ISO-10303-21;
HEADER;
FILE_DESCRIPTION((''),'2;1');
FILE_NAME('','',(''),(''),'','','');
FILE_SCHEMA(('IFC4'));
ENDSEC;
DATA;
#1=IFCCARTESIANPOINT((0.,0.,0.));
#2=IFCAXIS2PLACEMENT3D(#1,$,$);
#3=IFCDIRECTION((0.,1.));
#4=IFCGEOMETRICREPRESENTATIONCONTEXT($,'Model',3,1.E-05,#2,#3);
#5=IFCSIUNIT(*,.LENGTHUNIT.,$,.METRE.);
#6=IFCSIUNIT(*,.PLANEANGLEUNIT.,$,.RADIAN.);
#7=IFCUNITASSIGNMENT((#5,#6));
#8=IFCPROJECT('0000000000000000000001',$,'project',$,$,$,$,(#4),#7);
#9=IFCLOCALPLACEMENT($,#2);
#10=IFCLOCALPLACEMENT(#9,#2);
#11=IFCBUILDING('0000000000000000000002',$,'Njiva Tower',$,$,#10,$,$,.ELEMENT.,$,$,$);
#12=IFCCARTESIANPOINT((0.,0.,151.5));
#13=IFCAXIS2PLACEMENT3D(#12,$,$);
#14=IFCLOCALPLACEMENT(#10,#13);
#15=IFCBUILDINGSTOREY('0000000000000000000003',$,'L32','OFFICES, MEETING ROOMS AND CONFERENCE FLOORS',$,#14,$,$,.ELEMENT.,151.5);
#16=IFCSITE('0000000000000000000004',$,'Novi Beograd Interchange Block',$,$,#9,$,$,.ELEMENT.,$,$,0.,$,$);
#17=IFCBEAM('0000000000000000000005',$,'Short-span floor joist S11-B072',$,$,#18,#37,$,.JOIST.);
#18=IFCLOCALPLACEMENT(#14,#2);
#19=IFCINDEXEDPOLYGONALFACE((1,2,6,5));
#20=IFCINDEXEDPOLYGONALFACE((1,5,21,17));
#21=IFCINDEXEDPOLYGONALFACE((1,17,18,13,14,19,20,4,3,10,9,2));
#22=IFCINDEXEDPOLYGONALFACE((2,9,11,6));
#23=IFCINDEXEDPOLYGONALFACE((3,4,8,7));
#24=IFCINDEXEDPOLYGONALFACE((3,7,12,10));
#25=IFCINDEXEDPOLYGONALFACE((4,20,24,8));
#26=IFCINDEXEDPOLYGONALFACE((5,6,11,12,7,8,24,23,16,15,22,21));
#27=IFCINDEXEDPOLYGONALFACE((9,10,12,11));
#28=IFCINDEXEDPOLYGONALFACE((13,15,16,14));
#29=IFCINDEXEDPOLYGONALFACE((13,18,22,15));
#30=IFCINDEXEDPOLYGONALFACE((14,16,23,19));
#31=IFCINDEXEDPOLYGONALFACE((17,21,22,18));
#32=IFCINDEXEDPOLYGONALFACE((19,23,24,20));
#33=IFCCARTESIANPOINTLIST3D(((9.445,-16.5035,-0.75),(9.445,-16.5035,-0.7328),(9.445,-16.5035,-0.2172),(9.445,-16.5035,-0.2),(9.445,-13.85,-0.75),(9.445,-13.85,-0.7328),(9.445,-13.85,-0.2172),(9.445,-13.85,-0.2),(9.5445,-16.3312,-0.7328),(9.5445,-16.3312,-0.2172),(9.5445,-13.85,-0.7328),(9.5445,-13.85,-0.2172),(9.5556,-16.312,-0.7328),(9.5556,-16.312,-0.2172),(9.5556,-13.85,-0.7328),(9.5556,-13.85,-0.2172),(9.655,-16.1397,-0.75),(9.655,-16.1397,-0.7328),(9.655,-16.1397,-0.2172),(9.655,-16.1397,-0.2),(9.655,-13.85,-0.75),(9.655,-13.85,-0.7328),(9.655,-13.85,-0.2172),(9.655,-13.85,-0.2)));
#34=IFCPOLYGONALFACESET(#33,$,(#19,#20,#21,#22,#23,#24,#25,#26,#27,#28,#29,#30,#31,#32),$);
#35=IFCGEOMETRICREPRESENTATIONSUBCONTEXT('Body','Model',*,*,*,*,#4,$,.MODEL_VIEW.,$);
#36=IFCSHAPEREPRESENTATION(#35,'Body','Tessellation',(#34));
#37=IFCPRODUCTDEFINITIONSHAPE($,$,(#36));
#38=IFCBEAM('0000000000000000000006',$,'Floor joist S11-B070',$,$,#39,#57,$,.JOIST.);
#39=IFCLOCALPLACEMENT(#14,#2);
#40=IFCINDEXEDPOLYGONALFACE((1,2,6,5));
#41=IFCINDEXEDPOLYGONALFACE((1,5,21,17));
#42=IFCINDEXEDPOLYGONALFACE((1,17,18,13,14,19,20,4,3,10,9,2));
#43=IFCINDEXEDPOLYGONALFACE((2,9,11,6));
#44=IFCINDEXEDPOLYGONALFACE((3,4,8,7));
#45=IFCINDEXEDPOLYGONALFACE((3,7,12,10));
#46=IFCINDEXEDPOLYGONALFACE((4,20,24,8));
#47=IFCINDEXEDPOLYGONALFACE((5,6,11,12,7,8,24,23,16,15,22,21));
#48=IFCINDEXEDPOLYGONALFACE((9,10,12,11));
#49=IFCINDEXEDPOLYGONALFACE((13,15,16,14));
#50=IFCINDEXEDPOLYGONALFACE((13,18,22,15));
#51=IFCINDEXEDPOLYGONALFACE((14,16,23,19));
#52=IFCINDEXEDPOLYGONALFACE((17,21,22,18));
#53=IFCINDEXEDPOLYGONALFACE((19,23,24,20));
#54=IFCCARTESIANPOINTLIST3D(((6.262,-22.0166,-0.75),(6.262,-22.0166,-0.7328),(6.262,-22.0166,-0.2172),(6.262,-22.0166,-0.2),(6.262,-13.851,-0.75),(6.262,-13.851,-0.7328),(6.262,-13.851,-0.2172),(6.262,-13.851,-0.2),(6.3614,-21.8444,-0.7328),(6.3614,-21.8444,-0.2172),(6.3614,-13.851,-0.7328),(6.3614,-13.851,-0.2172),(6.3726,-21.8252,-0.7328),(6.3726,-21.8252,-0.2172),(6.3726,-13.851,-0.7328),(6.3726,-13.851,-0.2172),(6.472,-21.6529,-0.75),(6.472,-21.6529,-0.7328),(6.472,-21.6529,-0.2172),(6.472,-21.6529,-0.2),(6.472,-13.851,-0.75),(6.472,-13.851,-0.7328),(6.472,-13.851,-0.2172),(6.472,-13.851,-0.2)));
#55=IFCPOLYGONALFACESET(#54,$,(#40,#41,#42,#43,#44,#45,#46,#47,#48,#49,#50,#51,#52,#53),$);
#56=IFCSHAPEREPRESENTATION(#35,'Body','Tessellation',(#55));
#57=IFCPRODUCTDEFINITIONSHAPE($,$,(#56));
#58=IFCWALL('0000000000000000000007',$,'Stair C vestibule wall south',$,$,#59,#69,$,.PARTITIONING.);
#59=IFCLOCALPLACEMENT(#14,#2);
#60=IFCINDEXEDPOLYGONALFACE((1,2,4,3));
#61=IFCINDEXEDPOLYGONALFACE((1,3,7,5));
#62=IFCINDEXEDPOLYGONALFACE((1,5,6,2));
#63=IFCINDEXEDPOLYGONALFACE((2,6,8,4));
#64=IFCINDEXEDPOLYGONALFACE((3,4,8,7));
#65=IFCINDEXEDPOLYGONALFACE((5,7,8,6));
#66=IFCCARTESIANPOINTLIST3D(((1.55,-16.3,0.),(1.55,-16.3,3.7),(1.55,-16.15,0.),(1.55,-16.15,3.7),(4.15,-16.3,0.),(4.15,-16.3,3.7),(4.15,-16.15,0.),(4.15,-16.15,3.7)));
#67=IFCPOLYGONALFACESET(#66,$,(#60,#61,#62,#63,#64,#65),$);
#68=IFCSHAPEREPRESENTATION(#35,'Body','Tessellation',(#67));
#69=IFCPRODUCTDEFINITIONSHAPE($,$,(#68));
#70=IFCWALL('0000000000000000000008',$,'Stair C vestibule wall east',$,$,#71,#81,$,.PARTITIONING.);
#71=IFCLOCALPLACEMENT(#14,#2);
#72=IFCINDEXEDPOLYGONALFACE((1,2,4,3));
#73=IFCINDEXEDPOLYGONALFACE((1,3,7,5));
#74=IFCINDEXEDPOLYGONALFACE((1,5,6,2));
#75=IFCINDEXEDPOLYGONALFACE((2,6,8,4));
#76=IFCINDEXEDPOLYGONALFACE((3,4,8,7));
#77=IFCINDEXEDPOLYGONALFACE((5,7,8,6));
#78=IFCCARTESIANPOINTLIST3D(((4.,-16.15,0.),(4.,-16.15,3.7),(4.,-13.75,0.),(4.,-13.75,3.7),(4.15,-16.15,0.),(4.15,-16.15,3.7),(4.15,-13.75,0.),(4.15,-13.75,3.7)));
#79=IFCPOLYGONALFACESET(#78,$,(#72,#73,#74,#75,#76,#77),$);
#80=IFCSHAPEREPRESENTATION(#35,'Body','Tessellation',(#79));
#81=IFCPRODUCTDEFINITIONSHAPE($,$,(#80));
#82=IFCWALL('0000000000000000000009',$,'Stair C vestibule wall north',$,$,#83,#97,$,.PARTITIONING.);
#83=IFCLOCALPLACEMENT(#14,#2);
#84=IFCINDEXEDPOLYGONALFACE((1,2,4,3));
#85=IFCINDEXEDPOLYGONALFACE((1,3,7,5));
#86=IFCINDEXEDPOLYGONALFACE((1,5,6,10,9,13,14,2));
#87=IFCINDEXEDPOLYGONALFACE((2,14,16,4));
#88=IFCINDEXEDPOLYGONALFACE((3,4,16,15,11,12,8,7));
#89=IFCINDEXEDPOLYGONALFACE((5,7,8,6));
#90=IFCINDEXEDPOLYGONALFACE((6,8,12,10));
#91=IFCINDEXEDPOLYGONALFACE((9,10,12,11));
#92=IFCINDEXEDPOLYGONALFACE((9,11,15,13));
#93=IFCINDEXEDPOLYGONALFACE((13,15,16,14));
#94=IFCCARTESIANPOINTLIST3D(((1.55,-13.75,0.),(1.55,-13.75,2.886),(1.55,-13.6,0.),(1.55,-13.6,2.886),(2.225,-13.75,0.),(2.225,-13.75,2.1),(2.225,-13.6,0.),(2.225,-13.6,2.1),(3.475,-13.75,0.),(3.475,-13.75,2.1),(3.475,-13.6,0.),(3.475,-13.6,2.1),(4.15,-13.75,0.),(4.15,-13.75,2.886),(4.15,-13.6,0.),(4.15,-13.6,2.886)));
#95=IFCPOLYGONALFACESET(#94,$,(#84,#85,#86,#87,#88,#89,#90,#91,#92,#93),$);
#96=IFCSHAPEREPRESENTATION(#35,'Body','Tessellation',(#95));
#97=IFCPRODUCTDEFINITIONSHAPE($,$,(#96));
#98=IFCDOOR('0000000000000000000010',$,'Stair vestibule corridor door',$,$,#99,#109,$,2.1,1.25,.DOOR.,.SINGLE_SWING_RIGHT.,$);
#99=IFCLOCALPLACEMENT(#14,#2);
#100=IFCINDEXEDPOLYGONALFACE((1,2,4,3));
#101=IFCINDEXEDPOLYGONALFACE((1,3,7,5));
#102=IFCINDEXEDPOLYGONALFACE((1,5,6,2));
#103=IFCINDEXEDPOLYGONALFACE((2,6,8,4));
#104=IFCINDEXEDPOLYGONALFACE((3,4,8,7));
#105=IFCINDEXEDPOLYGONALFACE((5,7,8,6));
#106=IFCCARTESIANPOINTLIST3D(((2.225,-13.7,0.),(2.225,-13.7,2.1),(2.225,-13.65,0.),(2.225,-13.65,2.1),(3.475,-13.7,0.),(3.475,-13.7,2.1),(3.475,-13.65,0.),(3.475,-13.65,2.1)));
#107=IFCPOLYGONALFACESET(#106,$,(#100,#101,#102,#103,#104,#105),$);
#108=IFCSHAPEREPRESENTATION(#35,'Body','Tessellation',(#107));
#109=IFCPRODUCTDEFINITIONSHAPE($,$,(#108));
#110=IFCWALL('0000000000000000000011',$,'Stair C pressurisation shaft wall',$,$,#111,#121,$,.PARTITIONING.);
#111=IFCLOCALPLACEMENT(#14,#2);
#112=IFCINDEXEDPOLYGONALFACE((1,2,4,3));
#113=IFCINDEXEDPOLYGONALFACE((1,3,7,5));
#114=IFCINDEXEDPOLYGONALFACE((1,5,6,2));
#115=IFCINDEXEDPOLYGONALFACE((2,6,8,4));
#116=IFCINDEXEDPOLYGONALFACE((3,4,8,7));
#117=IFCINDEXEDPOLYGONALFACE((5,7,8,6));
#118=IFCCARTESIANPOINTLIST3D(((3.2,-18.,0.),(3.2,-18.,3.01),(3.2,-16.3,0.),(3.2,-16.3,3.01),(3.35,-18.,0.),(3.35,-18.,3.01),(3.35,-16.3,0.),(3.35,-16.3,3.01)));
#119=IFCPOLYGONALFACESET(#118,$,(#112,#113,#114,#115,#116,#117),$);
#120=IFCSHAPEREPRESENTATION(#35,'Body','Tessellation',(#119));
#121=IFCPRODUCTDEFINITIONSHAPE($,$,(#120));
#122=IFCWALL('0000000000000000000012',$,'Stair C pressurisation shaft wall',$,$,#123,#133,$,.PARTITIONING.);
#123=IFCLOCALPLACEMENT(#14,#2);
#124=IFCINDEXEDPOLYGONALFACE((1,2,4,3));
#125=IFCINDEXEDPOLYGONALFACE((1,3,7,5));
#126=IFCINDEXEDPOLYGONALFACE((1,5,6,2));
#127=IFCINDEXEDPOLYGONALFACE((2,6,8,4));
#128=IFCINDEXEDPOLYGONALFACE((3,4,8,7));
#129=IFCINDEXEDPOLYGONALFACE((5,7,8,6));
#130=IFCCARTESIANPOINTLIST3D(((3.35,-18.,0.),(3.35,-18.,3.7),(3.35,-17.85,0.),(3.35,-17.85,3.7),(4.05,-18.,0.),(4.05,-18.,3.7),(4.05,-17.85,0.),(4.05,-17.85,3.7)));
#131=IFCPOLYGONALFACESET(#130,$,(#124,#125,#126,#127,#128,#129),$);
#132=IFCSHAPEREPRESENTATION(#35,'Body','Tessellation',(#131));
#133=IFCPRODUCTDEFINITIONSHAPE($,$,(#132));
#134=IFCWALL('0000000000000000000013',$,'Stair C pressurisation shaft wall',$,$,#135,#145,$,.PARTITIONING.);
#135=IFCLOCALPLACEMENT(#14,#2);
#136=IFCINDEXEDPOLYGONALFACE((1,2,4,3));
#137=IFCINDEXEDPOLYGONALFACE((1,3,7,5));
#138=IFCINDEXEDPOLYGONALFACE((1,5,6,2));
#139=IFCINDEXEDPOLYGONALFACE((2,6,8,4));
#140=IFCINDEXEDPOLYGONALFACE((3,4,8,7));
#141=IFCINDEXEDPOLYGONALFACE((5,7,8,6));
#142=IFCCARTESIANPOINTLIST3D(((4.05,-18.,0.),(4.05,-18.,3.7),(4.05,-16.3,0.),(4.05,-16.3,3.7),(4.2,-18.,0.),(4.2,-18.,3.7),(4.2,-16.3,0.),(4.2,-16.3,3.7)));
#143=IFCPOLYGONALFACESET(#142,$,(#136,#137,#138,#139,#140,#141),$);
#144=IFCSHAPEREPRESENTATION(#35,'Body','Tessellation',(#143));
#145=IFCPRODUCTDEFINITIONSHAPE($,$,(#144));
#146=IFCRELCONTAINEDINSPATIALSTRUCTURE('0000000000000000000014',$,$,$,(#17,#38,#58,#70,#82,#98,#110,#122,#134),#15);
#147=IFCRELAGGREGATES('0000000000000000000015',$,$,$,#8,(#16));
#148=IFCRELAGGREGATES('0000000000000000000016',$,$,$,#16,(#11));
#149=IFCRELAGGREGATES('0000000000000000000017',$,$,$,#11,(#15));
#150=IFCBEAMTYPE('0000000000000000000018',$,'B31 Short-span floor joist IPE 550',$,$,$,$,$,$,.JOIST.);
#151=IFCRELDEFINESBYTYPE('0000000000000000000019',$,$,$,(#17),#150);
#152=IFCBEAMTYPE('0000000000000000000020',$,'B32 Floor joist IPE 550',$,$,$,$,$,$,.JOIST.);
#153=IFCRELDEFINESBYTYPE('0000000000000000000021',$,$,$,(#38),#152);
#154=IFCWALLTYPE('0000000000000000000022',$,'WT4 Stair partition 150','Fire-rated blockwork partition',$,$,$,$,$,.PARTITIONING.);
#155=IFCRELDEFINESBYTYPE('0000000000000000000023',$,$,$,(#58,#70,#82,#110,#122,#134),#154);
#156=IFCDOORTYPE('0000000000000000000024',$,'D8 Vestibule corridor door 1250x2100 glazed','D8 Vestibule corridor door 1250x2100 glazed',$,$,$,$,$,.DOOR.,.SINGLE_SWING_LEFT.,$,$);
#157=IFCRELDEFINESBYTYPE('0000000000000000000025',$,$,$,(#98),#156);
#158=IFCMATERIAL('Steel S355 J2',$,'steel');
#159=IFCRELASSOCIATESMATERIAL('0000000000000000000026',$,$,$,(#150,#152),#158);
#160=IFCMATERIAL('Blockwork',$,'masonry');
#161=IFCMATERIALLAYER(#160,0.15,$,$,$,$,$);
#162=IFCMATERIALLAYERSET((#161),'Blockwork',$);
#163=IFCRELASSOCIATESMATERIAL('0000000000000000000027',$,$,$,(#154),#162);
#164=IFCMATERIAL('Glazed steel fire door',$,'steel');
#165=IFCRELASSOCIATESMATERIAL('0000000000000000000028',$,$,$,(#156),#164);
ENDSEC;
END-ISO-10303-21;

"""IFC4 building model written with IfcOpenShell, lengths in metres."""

from ifc_helpers import new_model, si_unit, direction, frame, frame_2d, origin, origin_2d, place, context, subcontext, project, spatial, rectangle, i_section, extrude, clip, halfspace, material, layer, layer_set, material_profile, profile_set, type_object, element, fill, save


model = new_model("IFC4")

# Units and contexts
model_context = context("Model", 3, precision=1e-05, world=origin(), true_north=direction((0.0, 1.0)))
body_context = subcontext(model_context, "Body", "Model", "MODEL_VIEW")
ifc_project = project(units=[si_unit("LENGTHUNIT", "METRE"), si_unit("PLANEANGLEUNIT", "RADIAN")], contexts=[model_context])

# Site, building, storey
site_placement = place(None, origin())
site = spatial("IfcSite", under=ifc_project, at=site_placement, Name="Novi Beograd Interchange Block", CompositionType="ELEMENT", RefElevation=0.0)
building_placement = place(site_placement, origin())
building = spatial("IfcBuilding", under=site, at=building_placement, Name="Njiva Tower", CompositionType="ELEMENT")
storey_placement = place(building_placement, frame((0.0, 0.0, 151.5)))
storey = spatial("IfcBuildingStorey", under=building, at=storey_placement, Name="L32", Description="OFFICES, MEETING ROOMS AND CONFERENCE FLOORS", CompositionType="ELEMENT", Elevation=151.5)

# Shared definitions
ifc_material_1 = material(Name="Steel S355 J2", Category="steel")

# Beams
ifc_material_profile_1 = material_profile(ifc_material_1, i_section(OverallWidth=0.21, OverallDepth=0.55, WebThickness=0.0111, FlangeThickness=0.0172, at=origin_2d()), Name="IPE 550")
ifc_profile_set_1 = profile_set([ifc_material_profile_1], Name="Steel S355 J2")
beam_type_1 = type_object("IfcBeamType", Name="B31 Short-span floor joist IPE 550", PredefinedType="JOIST", material=ifc_profile_set_1)
beam_1_placement = place(storey_placement, frame((9.55, -13.85, -0.475), z_axis=(0.0, -1.0, 0.0), x_axis=(1.0, 0.0, 0.0)))
element("IfcBeam", 1, at=beam_1_placement, inside=storey, type_object=beam_type_1, Name="Short-span floor joist S11-B072", PredefinedType="JOIST", context=body_context, shape_type="Clipping", body=[
    clip(extrude(i_section(OverallWidth=0.21, OverallDepth=0.55, WebThickness=0.0111, FlangeThickness=0.0172, at=origin_2d()), origin(), (0.0, 0.0, 1.0), 2.674), halfspace(frame((0.0433, 0.0, 2.3966), z_axis=(0.866027, 0.0, 0.499998), x_axis=(0.0, 1.0, 0.0)), False)),
])
ifc_material_profile_2 = material_profile(ifc_material_1, i_section(OverallWidth=0.21, OverallDepth=0.55, WebThickness=0.0111, FlangeThickness=0.0172, at=origin_2d()), Name="IPE 550")
ifc_profile_set_2 = profile_set([ifc_material_profile_2], Name="Steel S355 J2")
beam_type_2 = type_object("IfcBeamType", Name="B32 Floor joist IPE 550", PredefinedType="JOIST", material=ifc_profile_set_2)
beam_2_placement = place(storey_placement, frame((6.367, -13.851, -0.475), z_axis=(0.0, -1.0, 0.0), x_axis=(1.0, 0.0, 0.0)))
element("IfcBeam", 2, at=beam_2_placement, inside=storey, type_object=beam_type_2, Name="Floor joist S11-B070", PredefinedType="JOIST", context=body_context, shape_type="Clipping", body=[
    clip(extrude(i_section(OverallWidth=0.21, OverallDepth=0.55, WebThickness=0.0111, FlangeThickness=0.0172, at=origin_2d()), origin(), (0.0, 0.0, 1.0), 8.186), halfspace(frame((0.043, 0.0, 7.9093), z_axis=(0.866027, 0.0, 0.499998), x_axis=(0.0, 1.0, 0.0)), False)),
])

# Walls
ifc_material_2 = material(Name="Blockwork", Category="masonry")
ifc_layer = layer(ifc_material_2, 0.15)
ifc_layer_set = layer_set([ifc_layer], Name="Blockwork")
wall_type = type_object("IfcWallType", Name="WT4 Stair partition 150", Description="Fire-rated blockwork partition", PredefinedType="PARTITIONING", material=ifc_layer_set)
wall_1_placement = place(storey_placement, frame((1.55, -16.225, 0.0), z_axis=(0.0, 0.0, 1.0), x_axis=(1.0, 0.0, 0.0)))
element("IfcWall", 3, at=wall_1_placement, inside=storey, type_object=wall_type, Name="Stair C vestibule wall south", PredefinedType="PARTITIONING", context=body_context, shape_type="SweptSolid", body=[
    extrude(rectangle(XDim=2.6, YDim=0.15, at=frame_2d((1.3, 0.0))), origin(), (0.0, 0.0, 1.0), 3.7),
])
wall_2_placement = place(storey_placement, frame((4.075, -16.15, 0.0), z_axis=(0.0, 0.0, 1.0), x_axis=(0.0, 1.0, 0.0)))
element("IfcWall", 4, at=wall_2_placement, inside=storey, type_object=wall_type, Name="Stair C vestibule wall east", PredefinedType="PARTITIONING", context=body_context, shape_type="SweptSolid", body=[
    extrude(rectangle(XDim=2.4, YDim=0.15, at=frame_2d((1.2, 0.0))), origin(), (0.0, 0.0, 1.0), 3.7),
])

# Wall, opening, door
wall_3_placement = place(storey_placement, frame((1.55, -13.675, 0.0), z_axis=(0.0, 0.0, 1.0), x_axis=(1.0, 0.0, 0.0)))
wall_3 = element("IfcWall", 5, at=wall_3_placement, inside=storey, type_object=wall_type, Name="Stair C vestibule wall north", PredefinedType="PARTITIONING", context=body_context, shape_type="SweptSolid", body=[
    extrude(rectangle(XDim=2.6, YDim=0.15, at=frame_2d((1.3, 0.0))), origin(), (0.0, 0.0, 1.0), 2.886),
])
opening_placement = place(wall_3_placement, frame((0.675, 0.0, 0.0)))
opening = element("IfcOpeningElement", 6, at=opening_placement, cuts=wall_3, PredefinedType="OPENING", context=body_context, shape_type="SweptSolid", body=[
    extrude(rectangle(XDim=1.25, YDim=2.1, at=frame_2d((0.625, 1.05))), frame((0.0, 0.085, 0.0), z_axis=(0.0, -1.0, 0.0), x_axis=(1.0, 0.0, 0.0)), (0.0, 0.0, 1.0), 0.17),
])
ifc_material_3 = material(Name="Glazed steel fire door", Category="steel")
door_type = type_object("IfcDoorType", Name="D8 Vestibule corridor door 1250x2100 glazed", Description="D8 Vestibule corridor door 1250x2100 glazed", OperationType="SINGLE_SWING_LEFT", PredefinedType="DOOR", material=ifc_material_3)
door_placement = place(opening_placement, origin())
door = element("IfcDoor", 7, at=door_placement, inside=storey, type_object=door_type, Name="Stair vestibule corridor door", OperationType="SINGLE_SWING_RIGHT", OverallHeight=2.1, OverallWidth=1.25, PredefinedType="DOOR", context=body_context, shape_type="SweptSolid", body=[
    extrude(rectangle(XDim=1.25, YDim=2.1, at=frame_2d((0.625, 1.05))), frame((0.0, 0.025, 0.0), z_axis=(0.0, -1.0, 0.0), x_axis=(1.0, 0.0, 0.0)), (0.0, 0.0, 1.0), 0.05),
])
fill(opening, door)

# Walls
wall_4_placement = place(storey_placement, frame((3.275, -18.0, 0.0), z_axis=(0.0, 0.0, 1.0), x_axis=(0.0, 1.0, 0.0)))
element("IfcWall", 8, at=wall_4_placement, inside=storey, type_object=wall_type, Name="Stair C pressurisation shaft wall", PredefinedType="PARTITIONING", context=body_context, shape_type="SweptSolid", body=[
    extrude(rectangle(XDim=1.7, YDim=0.15, at=frame_2d((0.85, 0.0))), origin(), (0.0, 0.0, 1.0), 3.01),
])
wall_5_placement = place(storey_placement, frame((3.35, -17.925, 0.0), z_axis=(0.0, 0.0, 1.0), x_axis=(1.0, 0.0, 0.0)))
element("IfcWall", 9, at=wall_5_placement, inside=storey, type_object=wall_type, Name="Stair C pressurisation shaft wall", PredefinedType="PARTITIONING", context=body_context, shape_type="SweptSolid", body=[
    extrude(rectangle(XDim=0.7, YDim=0.15, at=frame_2d((0.35, 0.0))), origin(), (0.0, 0.0, 1.0), 3.7),
])
wall_6_placement = place(storey_placement, frame((4.125, -18.0, 0.0), z_axis=(0.0, 0.0, 1.0), x_axis=(0.0, 1.0, 0.0)))
element("IfcWall", 10, at=wall_6_placement, inside=storey, type_object=wall_type, Name="Stair C pressurisation shaft wall", PredefinedType="PARTITIONING", context=body_context, shape_type="SweptSolid", body=[
    extrude(rectangle(XDim=1.7, YDim=0.15, at=frame_2d((0.85, 0.0))), origin(), (0.0, 0.0, 1.0), 3.7),
])

save(model, "model.ifc")
